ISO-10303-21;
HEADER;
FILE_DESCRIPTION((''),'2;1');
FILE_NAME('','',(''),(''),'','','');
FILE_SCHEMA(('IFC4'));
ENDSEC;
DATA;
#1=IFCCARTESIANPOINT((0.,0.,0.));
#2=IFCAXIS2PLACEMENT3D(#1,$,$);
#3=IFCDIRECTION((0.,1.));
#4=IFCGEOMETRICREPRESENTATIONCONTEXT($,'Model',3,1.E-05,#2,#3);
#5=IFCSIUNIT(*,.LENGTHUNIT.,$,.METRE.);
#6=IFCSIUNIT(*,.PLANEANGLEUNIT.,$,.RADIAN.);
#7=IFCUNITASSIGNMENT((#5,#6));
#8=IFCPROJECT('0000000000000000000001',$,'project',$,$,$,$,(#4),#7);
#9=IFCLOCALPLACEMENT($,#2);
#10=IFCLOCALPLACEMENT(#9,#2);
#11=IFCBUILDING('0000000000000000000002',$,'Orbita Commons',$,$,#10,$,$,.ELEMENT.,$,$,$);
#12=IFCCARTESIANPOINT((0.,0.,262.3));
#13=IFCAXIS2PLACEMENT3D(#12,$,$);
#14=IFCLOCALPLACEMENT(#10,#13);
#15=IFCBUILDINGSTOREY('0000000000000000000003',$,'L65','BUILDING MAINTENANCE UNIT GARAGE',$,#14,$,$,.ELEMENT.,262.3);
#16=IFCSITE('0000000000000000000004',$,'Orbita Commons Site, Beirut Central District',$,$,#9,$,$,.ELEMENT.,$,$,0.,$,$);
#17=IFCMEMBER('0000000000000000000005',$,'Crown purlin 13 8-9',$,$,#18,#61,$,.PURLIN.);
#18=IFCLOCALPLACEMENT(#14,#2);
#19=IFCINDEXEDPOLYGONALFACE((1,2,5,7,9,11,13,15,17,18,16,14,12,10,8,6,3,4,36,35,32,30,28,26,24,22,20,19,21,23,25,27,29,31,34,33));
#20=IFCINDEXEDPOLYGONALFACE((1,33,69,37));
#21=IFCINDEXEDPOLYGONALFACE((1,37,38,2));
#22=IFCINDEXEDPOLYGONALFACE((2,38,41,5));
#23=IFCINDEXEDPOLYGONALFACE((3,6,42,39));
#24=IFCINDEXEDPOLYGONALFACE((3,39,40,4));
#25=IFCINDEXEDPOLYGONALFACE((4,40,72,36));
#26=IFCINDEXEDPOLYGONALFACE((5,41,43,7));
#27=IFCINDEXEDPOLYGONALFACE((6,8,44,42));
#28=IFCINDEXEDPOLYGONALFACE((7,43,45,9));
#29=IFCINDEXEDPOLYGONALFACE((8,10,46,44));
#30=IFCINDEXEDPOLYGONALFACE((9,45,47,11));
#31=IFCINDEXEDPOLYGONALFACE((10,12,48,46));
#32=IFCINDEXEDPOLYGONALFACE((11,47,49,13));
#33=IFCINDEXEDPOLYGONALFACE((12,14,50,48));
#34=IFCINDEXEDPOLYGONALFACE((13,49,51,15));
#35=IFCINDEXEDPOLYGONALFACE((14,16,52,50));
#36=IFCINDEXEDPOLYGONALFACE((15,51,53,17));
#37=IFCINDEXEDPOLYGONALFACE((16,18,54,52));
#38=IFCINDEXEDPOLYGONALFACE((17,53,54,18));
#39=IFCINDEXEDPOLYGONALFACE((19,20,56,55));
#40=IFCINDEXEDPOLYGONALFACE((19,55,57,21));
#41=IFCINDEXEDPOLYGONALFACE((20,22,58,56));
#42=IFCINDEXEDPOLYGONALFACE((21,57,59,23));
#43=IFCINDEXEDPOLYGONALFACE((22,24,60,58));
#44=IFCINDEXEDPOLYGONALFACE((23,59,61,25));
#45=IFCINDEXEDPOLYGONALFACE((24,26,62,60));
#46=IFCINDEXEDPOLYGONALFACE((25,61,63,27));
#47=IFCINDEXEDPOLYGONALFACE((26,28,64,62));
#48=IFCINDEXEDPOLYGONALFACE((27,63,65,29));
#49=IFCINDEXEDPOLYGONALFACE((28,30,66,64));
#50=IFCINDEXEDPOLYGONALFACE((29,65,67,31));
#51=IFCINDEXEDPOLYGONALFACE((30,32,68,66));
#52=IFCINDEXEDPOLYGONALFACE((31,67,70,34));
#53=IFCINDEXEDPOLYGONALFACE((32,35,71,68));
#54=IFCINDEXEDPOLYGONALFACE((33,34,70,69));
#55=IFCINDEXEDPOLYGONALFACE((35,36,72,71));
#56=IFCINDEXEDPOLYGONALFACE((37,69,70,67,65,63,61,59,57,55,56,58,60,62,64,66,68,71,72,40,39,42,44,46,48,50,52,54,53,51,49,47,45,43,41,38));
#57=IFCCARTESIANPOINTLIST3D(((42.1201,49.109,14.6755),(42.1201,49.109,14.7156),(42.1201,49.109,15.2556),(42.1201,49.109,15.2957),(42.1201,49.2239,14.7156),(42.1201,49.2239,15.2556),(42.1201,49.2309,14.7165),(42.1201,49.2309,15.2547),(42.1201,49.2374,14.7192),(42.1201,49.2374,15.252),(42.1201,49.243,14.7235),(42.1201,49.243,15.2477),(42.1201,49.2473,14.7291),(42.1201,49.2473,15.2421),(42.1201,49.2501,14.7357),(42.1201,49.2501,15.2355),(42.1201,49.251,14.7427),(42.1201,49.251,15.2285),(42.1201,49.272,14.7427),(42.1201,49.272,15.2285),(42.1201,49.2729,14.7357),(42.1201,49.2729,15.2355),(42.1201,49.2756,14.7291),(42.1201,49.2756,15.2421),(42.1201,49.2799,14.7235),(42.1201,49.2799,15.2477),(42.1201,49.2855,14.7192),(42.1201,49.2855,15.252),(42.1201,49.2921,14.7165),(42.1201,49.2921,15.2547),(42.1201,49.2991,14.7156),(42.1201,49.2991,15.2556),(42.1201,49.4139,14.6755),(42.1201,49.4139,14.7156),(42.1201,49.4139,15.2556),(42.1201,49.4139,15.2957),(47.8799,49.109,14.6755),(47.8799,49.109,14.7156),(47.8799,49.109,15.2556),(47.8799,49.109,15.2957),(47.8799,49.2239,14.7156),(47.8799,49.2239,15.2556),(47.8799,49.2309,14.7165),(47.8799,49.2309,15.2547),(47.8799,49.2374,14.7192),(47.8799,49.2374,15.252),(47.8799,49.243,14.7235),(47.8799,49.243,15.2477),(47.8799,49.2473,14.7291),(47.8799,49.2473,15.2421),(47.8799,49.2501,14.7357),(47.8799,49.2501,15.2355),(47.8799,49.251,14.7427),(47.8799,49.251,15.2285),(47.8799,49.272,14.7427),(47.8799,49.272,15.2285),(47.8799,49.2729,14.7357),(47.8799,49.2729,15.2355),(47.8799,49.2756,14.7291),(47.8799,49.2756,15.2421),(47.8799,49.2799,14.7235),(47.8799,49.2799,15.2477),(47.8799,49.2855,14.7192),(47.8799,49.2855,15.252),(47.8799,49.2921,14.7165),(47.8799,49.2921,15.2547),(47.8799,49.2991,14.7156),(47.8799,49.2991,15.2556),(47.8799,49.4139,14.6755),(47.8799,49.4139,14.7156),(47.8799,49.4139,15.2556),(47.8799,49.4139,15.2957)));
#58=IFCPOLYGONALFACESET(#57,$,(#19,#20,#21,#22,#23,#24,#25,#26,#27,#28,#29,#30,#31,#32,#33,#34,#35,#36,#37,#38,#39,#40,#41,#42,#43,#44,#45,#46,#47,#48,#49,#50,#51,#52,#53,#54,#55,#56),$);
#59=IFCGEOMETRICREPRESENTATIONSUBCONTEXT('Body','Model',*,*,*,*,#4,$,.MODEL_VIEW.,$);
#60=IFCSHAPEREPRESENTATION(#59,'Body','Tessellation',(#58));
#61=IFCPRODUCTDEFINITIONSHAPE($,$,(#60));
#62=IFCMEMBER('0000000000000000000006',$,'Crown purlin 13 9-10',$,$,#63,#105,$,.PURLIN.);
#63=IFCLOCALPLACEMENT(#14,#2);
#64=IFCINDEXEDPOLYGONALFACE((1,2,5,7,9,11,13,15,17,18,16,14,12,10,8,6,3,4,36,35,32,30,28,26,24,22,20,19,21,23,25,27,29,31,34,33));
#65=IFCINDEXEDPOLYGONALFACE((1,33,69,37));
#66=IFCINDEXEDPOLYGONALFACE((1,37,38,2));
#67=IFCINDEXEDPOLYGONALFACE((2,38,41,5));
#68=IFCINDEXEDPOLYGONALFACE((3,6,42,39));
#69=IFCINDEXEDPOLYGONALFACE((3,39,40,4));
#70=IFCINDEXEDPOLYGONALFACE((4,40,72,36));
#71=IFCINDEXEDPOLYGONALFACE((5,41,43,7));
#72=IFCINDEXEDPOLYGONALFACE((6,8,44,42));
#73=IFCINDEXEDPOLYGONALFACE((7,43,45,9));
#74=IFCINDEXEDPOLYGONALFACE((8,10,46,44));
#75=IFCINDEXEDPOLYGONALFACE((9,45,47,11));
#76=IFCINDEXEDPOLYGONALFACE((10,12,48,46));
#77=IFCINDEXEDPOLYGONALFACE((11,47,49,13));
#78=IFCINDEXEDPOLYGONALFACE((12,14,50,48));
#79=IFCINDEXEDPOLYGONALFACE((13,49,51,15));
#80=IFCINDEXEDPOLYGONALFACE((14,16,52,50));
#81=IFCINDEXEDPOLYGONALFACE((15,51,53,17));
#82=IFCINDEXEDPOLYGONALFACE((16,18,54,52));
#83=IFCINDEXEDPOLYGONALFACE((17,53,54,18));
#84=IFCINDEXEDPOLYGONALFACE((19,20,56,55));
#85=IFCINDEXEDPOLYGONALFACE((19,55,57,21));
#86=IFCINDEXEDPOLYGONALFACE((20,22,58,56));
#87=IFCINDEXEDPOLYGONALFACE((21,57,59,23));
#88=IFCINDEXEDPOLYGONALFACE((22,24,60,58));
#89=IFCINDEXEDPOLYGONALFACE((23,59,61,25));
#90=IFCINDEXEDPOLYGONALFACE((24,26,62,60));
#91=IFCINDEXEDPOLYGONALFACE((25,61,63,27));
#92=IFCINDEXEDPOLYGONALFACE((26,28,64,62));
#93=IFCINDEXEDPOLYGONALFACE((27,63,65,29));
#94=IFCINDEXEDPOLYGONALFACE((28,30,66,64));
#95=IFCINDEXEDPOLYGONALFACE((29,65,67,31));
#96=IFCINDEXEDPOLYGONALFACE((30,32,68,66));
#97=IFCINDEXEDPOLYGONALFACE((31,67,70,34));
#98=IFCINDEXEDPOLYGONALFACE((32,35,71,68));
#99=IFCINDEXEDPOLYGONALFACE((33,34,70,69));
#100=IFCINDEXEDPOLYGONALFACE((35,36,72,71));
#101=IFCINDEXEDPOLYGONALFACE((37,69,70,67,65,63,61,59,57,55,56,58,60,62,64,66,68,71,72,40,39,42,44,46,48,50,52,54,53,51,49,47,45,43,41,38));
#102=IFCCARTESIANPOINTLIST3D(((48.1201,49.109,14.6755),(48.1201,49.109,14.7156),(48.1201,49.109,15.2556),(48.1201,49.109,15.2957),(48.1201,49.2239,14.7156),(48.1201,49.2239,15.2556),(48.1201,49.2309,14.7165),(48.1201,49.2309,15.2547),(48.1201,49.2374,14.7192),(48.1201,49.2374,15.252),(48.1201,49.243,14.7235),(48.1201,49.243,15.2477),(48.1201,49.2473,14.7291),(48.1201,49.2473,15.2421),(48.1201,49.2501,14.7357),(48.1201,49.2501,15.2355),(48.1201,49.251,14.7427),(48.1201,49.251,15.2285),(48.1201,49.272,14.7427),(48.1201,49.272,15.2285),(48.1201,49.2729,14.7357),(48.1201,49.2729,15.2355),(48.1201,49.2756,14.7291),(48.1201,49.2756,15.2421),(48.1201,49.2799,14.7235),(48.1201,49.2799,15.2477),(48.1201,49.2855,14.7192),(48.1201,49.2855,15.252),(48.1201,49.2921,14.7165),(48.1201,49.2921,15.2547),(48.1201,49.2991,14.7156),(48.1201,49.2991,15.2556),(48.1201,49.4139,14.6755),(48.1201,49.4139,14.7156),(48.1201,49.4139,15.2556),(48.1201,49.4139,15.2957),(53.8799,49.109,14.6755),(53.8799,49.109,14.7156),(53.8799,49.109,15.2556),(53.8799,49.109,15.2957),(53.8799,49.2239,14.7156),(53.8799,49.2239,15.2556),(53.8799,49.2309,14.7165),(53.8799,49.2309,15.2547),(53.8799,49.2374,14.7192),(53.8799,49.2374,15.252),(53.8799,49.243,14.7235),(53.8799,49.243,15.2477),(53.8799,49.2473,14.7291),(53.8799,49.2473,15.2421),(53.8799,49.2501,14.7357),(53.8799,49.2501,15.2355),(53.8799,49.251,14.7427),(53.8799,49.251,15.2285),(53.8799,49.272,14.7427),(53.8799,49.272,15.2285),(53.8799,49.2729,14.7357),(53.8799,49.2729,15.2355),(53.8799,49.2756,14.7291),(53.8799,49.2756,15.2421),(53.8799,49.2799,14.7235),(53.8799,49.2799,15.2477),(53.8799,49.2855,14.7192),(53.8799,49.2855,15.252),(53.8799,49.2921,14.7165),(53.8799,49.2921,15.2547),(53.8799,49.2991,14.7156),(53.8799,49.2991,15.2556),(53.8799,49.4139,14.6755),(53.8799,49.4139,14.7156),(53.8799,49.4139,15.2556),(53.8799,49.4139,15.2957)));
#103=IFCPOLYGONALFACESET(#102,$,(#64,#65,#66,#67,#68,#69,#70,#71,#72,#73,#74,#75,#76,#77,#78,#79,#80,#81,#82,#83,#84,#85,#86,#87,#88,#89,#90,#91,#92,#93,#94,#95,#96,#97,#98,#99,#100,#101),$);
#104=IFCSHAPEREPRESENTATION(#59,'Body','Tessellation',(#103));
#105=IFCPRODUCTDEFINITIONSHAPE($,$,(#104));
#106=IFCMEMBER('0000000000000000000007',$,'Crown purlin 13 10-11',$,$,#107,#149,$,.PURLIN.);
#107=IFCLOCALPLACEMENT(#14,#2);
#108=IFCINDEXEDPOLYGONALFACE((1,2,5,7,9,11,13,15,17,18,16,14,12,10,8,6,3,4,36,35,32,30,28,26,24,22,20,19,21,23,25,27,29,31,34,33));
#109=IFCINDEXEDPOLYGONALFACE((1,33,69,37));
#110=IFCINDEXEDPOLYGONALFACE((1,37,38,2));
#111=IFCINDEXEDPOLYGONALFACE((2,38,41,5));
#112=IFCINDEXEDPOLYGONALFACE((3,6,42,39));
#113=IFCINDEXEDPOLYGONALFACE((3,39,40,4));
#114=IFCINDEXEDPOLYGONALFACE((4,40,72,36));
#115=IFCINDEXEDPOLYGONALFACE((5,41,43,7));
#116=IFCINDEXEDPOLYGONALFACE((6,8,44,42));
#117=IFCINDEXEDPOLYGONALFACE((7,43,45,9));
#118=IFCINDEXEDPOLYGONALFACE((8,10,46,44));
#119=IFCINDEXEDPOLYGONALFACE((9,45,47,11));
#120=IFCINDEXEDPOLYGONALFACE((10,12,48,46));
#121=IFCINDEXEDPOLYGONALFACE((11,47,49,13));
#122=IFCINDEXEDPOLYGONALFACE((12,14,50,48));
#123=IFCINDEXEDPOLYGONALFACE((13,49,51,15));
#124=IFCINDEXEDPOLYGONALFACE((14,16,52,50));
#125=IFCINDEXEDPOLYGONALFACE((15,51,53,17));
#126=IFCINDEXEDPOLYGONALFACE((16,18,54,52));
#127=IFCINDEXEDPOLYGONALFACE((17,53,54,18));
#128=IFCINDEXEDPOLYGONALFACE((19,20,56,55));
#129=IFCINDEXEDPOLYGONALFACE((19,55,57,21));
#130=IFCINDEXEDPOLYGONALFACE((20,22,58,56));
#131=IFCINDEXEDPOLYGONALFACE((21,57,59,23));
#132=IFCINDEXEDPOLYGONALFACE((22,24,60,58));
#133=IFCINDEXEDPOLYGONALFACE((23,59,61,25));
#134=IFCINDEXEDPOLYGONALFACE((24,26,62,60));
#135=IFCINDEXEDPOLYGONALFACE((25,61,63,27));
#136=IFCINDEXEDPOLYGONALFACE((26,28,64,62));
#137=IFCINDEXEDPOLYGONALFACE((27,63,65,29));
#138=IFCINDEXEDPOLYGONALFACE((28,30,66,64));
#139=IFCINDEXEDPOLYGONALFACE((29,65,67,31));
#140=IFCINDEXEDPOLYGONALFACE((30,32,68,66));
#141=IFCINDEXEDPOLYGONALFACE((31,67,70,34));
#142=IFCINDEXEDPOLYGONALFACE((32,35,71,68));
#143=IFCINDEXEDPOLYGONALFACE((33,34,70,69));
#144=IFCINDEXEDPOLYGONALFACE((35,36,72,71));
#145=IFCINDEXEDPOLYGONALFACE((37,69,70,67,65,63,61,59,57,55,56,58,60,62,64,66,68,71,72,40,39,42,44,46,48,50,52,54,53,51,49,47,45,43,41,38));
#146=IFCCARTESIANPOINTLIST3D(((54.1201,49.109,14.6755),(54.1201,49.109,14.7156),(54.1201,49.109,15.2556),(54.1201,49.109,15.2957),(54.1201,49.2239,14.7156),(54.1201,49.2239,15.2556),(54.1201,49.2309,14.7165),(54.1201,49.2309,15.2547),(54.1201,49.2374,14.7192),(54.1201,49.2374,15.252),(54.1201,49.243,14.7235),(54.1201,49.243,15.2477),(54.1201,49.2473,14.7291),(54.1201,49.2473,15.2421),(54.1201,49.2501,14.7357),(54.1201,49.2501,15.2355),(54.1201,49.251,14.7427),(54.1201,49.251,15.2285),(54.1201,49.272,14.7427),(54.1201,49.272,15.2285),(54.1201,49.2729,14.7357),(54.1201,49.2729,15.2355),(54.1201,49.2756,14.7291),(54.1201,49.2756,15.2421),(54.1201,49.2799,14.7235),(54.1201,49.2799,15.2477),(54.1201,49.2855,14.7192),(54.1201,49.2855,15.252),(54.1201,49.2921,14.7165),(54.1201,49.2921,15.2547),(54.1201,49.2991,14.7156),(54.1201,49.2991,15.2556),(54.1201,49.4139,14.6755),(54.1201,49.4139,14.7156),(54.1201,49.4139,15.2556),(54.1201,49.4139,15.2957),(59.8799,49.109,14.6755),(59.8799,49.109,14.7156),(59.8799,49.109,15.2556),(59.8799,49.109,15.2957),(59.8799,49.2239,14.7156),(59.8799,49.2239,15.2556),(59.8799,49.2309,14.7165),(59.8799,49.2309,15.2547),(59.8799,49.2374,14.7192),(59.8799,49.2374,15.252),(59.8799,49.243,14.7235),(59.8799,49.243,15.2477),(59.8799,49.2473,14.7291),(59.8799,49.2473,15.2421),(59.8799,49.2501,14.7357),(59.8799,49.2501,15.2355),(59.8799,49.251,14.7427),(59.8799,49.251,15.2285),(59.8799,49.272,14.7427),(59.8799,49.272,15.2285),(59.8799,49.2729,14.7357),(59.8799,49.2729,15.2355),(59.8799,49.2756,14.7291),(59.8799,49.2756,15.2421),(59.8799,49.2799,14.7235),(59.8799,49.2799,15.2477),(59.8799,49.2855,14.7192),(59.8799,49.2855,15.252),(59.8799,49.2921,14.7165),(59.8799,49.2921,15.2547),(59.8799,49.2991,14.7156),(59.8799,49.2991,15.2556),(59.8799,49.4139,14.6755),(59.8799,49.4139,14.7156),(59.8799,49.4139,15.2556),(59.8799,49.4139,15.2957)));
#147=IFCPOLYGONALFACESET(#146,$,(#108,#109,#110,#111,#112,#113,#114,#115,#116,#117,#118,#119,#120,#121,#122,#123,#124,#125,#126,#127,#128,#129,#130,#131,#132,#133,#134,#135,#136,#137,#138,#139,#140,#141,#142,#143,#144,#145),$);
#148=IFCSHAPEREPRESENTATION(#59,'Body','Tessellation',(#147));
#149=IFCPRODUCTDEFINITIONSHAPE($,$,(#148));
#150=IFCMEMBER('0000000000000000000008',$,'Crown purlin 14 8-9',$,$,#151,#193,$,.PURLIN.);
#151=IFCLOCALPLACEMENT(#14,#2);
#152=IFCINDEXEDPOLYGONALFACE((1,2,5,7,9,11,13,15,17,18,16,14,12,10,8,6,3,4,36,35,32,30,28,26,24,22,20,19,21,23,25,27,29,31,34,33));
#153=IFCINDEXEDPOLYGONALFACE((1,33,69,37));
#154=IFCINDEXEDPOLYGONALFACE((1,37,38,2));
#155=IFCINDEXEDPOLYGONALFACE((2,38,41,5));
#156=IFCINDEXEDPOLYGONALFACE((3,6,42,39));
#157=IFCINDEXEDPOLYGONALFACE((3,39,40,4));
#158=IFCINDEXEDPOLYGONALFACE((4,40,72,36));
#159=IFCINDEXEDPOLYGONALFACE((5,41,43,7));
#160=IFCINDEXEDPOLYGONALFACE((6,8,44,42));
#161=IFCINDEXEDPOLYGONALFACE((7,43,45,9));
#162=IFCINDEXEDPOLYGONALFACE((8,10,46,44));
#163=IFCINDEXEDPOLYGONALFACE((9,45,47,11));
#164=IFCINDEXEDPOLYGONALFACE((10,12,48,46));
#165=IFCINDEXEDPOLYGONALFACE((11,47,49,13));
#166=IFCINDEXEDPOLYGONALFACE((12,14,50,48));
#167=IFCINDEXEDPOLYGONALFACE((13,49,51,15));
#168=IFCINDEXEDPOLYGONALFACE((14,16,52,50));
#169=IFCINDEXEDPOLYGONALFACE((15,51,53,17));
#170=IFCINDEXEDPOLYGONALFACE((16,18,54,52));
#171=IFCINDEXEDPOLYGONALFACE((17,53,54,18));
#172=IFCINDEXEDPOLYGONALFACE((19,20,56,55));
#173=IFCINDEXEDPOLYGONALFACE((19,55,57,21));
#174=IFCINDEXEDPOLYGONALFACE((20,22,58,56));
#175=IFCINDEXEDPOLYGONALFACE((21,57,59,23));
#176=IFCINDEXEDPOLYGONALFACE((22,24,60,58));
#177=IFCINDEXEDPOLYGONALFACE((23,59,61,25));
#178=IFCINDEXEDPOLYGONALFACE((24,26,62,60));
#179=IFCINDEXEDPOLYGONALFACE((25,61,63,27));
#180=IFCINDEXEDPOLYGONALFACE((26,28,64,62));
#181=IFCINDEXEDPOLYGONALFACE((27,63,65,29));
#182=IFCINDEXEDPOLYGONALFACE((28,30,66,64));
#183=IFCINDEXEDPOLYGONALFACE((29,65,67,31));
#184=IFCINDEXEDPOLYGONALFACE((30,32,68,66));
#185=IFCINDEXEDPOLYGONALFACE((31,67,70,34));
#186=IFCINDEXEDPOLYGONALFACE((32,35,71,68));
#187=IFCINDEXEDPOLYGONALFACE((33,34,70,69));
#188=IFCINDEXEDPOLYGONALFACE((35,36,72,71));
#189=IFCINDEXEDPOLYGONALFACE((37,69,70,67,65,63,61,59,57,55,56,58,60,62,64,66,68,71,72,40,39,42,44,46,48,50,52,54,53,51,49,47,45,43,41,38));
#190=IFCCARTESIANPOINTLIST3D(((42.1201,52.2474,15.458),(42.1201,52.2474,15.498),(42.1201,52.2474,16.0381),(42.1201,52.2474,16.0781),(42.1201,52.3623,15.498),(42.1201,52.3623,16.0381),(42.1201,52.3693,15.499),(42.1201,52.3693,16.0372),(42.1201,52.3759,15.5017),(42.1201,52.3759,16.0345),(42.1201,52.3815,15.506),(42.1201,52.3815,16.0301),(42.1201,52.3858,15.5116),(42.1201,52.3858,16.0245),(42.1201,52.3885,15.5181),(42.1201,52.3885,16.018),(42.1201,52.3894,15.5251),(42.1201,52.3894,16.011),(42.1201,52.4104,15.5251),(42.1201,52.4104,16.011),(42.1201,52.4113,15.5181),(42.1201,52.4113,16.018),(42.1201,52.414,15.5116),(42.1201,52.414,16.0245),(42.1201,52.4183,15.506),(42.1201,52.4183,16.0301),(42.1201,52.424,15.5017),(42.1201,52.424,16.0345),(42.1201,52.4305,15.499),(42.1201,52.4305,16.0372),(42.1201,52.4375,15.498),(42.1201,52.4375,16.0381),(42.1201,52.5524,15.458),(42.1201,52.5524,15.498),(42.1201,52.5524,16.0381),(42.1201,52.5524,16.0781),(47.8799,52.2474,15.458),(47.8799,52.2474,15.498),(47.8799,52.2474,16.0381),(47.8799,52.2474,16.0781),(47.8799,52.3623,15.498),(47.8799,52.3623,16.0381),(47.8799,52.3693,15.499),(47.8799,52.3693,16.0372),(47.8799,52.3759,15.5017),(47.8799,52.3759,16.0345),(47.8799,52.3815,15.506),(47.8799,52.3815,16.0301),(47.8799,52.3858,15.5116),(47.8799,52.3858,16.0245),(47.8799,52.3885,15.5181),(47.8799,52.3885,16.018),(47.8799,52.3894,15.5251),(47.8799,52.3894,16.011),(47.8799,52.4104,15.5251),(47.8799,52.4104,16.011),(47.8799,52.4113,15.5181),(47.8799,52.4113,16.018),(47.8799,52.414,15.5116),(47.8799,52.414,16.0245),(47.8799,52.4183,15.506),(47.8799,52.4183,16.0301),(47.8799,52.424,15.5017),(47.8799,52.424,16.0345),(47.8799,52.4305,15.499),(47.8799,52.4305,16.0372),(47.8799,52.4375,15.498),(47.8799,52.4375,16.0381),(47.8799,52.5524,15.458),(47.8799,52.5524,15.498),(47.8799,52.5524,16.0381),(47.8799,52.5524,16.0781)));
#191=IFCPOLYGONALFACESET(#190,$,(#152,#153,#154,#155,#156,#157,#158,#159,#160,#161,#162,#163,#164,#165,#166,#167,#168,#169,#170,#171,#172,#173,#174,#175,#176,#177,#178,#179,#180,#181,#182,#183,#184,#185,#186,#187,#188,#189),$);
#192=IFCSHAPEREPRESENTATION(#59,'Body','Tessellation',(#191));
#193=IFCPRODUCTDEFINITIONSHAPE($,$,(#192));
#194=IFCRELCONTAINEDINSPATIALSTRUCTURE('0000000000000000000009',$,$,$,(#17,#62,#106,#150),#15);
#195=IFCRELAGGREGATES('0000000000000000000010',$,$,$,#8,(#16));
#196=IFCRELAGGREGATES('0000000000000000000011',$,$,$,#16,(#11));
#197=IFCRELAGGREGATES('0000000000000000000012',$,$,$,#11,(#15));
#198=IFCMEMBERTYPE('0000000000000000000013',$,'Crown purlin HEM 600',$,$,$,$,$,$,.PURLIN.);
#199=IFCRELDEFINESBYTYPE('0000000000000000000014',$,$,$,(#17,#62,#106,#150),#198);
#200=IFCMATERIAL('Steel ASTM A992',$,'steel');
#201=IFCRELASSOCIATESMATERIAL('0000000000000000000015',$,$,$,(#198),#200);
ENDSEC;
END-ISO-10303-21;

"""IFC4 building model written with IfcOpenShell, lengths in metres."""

from ifc_helpers import new_model, si_unit, direction, frame, origin, origin_2d, place, context, subcontext, project, spatial, i_section, extrude, material, material_profile, profile_set, type_object, element, save


model = new_model("IFC4")

# Units and contexts
model_context = context("Model", 3, precision=1e-05, world=origin(), true_north=direction((0.0, 1.0)))
body_context = subcontext(model_context, "Body", "Model", "MODEL_VIEW")
ifc_project = project(units=[si_unit("LENGTHUNIT", "METRE"), si_unit("PLANEANGLEUNIT", "RADIAN")], contexts=[model_context])

# Site, building, storey
site_placement = place(None, origin())
site = spatial("IfcSite", under=ifc_project, at=site_placement, Name="Orbita Commons Site, Beirut Central District", CompositionType="ELEMENT", RefElevation=0.0)
building_placement = place(site_placement, origin())
building = spatial("IfcBuilding", under=site, at=building_placement, Name="Orbita Commons", CompositionType="ELEMENT")
storey_placement = place(building_placement, frame((0.0, 0.0, 262.3)))
storey = spatial("IfcBuildingStorey", under=building, at=storey_placement, Name="L65", Description="BUILDING MAINTENANCE UNIT GARAGE", CompositionType="ELEMENT", Elevation=262.3)

# Members
ifc_material_1 = material(Name="Steel ASTM A992", Category="steel")
ifc_material_profile_1 = material_profile(ifc_material_1, i_section(OverallWidth=0.3049, OverallDepth=0.6201, WebThickness=0.021, FlangeThickness=0.04, FilletRadius=0.0271, at=origin_2d()), Name="HEM 600")
ifc_profile_set_1 = profile_set([ifc_material_profile_1], Name="Steel ASTM A992")
member_type_1 = type_object("IfcMemberType", Name="Crown purlin HEM 600", PredefinedType="PURLIN", material=ifc_profile_set_1)
for number, where, z_axis, x_axis, name in (
    (1, (42.1201, 49.2615, 14.9856), (1.0, 0.0, 0.0), (0.0, 1.0, 0.0), "Crown purlin 13 8-9"),
    (2, (48.1201, 49.2615, 14.9856), (1.0, 0.0, 0.0), (0.0, 1.0, 0.0), "Crown purlin 13 9-10"),
    (3, (54.1201, 49.2615, 14.9856), (1.0, 0.0, 0.0), (0.0, 1.0, 0.0), "Crown purlin 13 10-11"),
    (4, (42.1201, 52.3999, 15.7681), (1.0, 0.0, 0.0), (0.0, 1.0, 0.0), "Crown purlin 14 8-9"),
):
    element("IfcMember", number, at=place(storey_placement, frame(where, z_axis=z_axis, x_axis=x_axis)), inside=storey, type_object=member_type_1, Name=name, PredefinedType="PURLIN", context=body_context, shape_type="SweptSolid", body=[
        extrude(i_section(OverallWidth=0.3049, OverallDepth=0.6201, WebThickness=0.021, FlangeThickness=0.04, FilletRadius=0.0271, at=origin_2d()), origin(), (0.0, 0.0, 1.0), 5.7598),
    ])

save(model, "model.ifc")
